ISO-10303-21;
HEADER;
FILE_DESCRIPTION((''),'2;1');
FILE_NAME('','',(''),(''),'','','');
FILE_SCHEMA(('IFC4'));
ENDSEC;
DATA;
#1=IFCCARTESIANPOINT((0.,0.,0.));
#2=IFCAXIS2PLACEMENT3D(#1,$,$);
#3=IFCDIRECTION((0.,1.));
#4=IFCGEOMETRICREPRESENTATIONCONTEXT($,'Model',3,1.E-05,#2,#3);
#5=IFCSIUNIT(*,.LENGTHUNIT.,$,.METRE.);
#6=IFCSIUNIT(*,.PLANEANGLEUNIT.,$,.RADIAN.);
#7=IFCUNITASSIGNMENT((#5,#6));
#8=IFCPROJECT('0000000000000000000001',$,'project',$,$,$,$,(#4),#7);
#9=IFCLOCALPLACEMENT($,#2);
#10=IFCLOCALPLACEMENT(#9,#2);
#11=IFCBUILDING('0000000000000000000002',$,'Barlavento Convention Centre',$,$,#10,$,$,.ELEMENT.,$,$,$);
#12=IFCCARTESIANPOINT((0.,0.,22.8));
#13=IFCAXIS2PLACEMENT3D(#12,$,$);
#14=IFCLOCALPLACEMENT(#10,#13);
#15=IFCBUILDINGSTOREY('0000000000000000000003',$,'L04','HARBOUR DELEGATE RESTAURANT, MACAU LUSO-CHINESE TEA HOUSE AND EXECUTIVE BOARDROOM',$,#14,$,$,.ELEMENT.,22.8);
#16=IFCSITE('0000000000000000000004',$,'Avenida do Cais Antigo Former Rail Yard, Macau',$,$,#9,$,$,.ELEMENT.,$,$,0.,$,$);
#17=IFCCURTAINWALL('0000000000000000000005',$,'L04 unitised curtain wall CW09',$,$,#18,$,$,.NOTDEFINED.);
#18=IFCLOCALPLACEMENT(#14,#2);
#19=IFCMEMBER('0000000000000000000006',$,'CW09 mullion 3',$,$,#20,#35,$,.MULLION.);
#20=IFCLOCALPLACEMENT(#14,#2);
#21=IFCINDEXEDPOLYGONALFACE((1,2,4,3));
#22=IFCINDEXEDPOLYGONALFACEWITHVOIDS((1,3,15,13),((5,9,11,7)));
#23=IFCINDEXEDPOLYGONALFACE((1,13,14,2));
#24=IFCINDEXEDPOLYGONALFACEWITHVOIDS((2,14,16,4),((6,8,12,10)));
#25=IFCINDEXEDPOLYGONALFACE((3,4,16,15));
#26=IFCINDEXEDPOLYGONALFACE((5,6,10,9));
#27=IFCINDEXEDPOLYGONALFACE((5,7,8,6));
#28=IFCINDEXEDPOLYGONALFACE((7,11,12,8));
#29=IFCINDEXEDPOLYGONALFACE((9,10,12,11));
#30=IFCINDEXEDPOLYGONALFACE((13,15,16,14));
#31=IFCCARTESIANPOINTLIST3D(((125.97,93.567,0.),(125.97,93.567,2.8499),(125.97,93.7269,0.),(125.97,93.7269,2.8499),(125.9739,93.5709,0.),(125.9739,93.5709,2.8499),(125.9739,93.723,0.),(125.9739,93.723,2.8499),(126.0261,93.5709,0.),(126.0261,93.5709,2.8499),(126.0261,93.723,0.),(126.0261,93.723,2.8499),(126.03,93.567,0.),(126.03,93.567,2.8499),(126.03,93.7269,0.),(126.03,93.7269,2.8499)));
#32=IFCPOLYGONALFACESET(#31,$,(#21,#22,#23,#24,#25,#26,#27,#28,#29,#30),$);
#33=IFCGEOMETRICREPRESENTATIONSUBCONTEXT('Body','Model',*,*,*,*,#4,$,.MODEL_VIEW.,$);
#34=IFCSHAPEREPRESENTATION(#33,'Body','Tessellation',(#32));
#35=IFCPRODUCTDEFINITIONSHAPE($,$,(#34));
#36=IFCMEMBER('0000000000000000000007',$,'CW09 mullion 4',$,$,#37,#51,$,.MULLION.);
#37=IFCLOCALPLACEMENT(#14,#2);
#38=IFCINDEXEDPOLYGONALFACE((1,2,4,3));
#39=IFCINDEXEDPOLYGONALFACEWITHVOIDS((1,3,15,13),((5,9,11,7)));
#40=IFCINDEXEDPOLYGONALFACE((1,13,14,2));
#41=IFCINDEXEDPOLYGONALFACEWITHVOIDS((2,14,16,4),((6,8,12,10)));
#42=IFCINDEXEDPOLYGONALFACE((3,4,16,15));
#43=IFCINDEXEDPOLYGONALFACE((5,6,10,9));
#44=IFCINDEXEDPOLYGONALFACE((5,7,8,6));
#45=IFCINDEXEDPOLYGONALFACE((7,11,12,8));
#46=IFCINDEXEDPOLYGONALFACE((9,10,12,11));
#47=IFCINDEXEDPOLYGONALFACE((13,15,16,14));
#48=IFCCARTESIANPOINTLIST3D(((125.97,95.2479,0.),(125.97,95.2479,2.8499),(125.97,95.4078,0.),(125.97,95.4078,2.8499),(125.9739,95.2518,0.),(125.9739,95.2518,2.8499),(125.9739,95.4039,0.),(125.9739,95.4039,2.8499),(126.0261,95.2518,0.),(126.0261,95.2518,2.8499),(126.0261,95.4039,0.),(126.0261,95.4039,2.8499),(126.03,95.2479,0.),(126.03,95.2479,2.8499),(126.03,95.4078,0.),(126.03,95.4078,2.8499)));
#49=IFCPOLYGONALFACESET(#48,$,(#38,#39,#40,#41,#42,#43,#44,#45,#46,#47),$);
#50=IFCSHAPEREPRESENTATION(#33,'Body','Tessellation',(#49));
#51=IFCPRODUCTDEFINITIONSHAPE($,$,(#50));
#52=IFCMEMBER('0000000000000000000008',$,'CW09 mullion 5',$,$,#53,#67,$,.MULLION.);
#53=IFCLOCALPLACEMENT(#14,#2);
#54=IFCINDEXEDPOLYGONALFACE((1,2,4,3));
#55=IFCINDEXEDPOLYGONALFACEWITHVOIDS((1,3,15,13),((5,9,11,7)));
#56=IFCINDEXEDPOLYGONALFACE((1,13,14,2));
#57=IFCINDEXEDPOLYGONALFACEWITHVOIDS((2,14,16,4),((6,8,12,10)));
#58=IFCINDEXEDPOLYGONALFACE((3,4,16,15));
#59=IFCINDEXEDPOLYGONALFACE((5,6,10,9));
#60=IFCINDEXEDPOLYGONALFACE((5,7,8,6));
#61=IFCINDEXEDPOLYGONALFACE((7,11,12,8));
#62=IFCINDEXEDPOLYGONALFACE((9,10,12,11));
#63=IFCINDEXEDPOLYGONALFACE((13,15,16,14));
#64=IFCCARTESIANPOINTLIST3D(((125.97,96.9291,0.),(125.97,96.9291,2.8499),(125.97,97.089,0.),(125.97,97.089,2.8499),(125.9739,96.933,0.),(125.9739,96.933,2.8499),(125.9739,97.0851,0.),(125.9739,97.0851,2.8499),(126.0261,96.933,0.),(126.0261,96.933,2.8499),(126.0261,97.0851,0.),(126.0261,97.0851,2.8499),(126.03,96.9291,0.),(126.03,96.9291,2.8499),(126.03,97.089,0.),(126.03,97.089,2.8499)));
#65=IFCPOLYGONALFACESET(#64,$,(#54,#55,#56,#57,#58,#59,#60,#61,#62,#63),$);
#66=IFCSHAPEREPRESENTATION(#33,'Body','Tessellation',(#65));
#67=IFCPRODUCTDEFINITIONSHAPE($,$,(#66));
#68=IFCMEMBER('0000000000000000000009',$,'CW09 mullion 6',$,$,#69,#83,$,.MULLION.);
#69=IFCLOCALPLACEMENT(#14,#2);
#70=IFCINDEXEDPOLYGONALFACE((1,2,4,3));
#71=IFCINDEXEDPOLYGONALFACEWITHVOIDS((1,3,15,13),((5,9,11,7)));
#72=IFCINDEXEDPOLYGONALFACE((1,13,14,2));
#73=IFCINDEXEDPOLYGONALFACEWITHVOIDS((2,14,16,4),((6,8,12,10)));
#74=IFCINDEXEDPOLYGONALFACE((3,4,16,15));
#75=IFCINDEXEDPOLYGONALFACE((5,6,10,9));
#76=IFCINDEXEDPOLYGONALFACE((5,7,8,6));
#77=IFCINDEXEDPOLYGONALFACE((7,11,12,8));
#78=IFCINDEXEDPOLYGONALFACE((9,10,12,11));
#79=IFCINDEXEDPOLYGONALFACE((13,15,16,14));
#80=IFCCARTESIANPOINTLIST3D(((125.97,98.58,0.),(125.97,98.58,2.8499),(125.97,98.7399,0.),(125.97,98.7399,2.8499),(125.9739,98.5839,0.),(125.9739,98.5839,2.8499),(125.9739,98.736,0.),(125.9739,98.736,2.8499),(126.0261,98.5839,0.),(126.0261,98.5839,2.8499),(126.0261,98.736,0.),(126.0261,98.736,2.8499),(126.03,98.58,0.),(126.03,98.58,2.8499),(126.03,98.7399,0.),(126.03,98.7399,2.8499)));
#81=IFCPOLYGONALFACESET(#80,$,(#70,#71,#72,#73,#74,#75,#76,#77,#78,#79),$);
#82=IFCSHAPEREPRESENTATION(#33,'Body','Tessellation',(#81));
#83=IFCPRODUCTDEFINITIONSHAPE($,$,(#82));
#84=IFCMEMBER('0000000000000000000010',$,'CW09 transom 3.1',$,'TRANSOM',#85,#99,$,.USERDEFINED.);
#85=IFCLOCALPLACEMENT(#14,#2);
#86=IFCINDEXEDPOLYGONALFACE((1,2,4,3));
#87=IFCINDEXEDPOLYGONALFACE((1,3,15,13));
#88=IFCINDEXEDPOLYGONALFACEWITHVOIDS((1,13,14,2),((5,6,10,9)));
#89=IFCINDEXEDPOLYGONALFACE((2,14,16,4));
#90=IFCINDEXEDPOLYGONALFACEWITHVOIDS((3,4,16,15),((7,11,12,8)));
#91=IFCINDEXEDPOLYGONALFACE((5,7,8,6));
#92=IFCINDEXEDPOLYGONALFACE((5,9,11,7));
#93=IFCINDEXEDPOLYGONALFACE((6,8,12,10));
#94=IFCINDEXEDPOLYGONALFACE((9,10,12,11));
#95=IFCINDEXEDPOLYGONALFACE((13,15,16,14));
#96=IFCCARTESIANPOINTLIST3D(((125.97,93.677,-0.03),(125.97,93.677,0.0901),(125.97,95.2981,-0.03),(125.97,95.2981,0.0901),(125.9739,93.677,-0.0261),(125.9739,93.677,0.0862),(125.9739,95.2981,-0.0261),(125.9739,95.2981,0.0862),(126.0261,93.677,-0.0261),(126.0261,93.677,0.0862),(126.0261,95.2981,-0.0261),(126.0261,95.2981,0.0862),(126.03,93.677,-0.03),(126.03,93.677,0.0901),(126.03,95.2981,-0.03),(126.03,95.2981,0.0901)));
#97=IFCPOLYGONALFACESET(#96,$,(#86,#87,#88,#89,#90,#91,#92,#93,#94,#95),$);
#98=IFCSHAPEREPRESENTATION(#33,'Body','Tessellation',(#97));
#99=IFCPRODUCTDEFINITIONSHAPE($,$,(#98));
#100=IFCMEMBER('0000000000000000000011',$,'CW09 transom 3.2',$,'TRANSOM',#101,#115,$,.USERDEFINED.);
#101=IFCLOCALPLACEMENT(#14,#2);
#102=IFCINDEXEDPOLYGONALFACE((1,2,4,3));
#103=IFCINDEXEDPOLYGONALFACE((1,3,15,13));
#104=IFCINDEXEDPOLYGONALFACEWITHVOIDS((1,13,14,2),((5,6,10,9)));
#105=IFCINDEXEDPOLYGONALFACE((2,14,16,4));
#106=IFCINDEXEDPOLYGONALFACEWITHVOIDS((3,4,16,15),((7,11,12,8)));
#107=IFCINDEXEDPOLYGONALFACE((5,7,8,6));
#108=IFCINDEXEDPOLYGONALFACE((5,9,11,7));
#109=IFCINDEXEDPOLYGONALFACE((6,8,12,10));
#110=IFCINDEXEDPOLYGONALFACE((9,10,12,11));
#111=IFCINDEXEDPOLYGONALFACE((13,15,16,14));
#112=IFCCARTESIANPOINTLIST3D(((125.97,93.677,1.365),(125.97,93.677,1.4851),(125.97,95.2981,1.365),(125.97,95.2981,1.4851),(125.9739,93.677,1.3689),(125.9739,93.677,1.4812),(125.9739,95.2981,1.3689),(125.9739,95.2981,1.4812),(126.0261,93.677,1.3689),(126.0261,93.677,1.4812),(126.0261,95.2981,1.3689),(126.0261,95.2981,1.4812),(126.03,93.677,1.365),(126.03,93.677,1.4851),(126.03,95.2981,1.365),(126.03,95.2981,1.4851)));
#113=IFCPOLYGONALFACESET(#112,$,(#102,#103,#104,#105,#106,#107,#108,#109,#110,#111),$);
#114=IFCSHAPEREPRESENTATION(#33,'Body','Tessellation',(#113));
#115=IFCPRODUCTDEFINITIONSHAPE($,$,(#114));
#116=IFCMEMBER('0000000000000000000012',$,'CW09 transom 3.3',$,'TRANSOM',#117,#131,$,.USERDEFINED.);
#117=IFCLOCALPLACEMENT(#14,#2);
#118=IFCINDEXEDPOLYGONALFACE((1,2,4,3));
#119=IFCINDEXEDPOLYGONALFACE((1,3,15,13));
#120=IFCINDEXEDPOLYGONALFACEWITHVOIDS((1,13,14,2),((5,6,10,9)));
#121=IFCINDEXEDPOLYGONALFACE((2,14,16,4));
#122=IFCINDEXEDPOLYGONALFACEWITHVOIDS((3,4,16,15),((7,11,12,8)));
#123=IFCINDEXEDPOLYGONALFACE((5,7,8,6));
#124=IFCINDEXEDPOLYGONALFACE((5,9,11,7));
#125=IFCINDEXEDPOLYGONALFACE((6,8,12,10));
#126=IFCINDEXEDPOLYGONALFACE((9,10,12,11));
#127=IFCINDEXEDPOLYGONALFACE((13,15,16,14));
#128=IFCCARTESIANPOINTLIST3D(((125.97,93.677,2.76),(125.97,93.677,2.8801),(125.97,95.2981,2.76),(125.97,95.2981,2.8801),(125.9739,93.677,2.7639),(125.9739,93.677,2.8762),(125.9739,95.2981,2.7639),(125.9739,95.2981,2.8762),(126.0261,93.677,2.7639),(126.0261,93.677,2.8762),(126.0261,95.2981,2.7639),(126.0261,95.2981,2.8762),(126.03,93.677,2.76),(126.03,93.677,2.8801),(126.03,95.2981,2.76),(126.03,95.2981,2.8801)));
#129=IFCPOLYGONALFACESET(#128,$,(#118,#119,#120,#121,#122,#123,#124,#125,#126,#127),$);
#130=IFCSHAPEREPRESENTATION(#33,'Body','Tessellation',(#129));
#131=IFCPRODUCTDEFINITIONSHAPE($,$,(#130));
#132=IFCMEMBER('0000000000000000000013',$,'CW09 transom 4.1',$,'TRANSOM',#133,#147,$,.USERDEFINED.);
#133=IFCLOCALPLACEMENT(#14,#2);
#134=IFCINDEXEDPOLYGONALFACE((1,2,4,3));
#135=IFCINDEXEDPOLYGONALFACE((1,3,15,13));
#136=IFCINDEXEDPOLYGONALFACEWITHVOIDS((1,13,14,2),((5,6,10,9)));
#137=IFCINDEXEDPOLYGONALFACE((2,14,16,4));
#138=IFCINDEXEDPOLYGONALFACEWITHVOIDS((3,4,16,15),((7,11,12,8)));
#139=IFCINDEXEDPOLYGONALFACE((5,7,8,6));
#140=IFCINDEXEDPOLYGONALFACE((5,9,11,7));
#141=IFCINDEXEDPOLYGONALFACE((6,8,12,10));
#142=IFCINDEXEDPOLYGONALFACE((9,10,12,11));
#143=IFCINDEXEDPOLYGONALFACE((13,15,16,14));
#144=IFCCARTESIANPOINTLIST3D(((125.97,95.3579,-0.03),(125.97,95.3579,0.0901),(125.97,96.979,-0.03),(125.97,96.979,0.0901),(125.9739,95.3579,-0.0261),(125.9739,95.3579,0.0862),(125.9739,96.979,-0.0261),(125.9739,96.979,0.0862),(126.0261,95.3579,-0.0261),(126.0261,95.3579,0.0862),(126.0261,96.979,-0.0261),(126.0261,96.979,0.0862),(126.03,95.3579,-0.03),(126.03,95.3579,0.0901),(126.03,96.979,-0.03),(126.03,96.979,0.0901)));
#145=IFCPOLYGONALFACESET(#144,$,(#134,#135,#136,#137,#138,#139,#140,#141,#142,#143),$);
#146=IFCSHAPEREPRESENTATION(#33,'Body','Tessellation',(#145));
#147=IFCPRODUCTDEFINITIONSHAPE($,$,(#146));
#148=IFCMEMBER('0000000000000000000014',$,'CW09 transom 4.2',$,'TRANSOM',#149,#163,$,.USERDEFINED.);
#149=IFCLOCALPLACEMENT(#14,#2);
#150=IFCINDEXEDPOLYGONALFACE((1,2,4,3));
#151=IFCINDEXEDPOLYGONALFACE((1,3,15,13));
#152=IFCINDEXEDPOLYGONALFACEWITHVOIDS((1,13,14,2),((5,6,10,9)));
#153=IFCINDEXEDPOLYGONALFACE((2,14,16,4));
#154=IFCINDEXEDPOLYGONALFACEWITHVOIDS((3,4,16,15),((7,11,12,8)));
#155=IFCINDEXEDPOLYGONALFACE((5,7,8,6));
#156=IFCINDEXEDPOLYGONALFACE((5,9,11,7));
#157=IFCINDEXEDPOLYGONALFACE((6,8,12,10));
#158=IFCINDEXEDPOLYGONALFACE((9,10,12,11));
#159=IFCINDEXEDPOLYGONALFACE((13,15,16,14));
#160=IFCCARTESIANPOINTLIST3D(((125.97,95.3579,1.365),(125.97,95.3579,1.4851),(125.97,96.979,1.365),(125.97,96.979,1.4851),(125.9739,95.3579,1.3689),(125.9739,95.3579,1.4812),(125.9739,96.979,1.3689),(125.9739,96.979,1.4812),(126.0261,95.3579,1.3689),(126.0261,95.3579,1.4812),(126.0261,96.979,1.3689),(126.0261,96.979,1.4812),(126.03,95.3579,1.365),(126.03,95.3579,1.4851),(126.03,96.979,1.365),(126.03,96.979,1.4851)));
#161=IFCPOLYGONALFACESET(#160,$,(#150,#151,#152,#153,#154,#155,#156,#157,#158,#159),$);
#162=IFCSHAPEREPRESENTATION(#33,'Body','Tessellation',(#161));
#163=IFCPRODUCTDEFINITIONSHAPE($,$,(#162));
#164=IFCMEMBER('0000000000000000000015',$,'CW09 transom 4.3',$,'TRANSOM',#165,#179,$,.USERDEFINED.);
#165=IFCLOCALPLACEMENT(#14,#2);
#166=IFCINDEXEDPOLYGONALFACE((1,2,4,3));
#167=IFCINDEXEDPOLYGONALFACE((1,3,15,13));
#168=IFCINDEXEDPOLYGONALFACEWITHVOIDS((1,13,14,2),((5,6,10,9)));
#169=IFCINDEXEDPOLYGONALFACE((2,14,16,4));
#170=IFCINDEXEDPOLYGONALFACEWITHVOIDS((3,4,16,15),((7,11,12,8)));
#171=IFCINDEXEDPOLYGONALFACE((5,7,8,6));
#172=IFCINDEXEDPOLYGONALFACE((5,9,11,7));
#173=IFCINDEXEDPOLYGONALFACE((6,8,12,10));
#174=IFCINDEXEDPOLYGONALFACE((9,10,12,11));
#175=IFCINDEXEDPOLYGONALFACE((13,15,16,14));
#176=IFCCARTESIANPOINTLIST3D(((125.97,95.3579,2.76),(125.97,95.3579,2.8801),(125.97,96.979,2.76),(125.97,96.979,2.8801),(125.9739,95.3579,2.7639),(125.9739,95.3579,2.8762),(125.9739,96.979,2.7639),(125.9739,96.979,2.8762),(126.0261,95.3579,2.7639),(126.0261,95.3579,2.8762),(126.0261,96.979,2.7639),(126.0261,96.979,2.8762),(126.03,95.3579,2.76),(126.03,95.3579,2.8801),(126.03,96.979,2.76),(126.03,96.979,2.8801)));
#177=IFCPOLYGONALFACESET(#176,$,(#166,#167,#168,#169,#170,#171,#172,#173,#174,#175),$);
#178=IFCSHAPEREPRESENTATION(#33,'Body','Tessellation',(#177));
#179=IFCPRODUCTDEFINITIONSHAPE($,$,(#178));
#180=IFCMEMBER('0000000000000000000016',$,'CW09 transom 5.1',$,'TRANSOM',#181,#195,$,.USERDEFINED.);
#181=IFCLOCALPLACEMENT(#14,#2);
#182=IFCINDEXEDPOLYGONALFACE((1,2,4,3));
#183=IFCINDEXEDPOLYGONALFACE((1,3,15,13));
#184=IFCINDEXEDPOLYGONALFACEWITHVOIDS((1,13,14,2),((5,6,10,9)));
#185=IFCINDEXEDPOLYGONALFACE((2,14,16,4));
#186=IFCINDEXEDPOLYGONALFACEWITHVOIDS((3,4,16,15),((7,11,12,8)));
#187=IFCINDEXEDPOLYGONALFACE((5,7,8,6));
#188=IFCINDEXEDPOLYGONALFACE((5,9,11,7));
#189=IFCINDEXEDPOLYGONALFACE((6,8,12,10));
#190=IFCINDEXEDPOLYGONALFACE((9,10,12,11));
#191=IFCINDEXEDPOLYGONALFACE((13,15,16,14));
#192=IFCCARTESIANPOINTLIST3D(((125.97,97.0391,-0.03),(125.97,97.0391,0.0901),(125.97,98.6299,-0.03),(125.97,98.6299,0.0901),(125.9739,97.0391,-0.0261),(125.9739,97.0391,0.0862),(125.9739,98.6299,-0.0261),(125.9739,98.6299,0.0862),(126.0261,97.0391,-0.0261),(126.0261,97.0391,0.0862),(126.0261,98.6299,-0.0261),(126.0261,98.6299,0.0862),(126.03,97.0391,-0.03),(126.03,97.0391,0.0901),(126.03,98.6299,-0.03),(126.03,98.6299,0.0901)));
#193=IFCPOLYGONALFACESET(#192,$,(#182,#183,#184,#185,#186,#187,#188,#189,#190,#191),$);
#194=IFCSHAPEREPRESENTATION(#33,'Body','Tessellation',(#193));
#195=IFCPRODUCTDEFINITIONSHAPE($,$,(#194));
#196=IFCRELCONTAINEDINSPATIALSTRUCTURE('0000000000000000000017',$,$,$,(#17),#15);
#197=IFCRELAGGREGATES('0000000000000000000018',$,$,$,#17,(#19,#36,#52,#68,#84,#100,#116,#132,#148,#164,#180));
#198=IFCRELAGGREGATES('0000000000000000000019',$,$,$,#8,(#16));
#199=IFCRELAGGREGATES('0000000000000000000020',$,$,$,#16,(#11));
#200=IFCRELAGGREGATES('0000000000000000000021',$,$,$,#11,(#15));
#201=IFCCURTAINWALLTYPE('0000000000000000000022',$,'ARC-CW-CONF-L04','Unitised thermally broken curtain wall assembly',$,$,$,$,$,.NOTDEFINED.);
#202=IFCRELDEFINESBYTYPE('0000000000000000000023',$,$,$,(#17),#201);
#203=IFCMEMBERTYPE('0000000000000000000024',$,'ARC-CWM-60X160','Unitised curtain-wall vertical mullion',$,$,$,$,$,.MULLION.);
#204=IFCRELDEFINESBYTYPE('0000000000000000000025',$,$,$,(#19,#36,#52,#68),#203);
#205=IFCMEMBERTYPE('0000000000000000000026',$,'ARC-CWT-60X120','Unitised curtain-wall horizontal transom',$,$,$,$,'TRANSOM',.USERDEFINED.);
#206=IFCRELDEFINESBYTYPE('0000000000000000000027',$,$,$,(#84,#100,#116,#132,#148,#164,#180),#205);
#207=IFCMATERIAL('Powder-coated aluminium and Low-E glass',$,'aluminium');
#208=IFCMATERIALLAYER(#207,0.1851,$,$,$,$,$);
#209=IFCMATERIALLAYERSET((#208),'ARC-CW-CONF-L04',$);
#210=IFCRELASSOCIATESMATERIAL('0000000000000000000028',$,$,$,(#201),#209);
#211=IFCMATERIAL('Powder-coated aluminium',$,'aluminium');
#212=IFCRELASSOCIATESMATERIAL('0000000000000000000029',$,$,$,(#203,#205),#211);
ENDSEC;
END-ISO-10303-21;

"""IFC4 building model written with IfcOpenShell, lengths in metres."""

from ifc_helpers import new_model, si_unit, direction, frame, origin, origin_2d, place, context, subcontext, project, spatial, hollow_rectangle, extrude, material, layer, layer_set, material_profile, profile_set, type_object, element, aggregate, save


model = new_model("IFC4")

# Units and contexts
model_context = context("Model", 3, precision=1e-05, world=origin(), true_north=direction((0.0, 1.0)))
body_context = subcontext(model_context, "Body", "Model", "MODEL_VIEW")
ifc_project = project(units=[si_unit("LENGTHUNIT", "METRE"), si_unit("PLANEANGLEUNIT", "RADIAN")], contexts=[model_context])

# Site, building, storey
site_placement = place(None, origin())
site = spatial("IfcSite", under=ifc_project, at=site_placement, Name="Avenida do Cais Antigo Former Rail Yard, Macau", CompositionType="ELEMENT", RefElevation=0.0)
building_placement = place(site_placement, origin())
building = spatial("IfcBuilding", under=site, at=building_placement, Name="Barlavento Convention Centre", CompositionType="ELEMENT")
storey_placement = place(building_placement, frame((0.0, 0.0, 22.8)))
storey = spatial("IfcBuildingStorey", under=building, at=storey_placement, Name="L04", Description="HARBOUR DELEGATE RESTAURANT, MACAU LUSO-CHINESE TEA HOUSE AND EXECUTIVE BOARDROOM", CompositionType="ELEMENT", Elevation=22.8)

# Curtain wall, members
ifc_material_1 = material(Name="Powder-coated aluminium and Low-E glass", Category="aluminium")
ifc_layer_1 = layer(ifc_material_1, 0.1851)
ifc_layer_set_1 = layer_set([ifc_layer_1], Name="ARC-CW-CONF-L04")
curtain_wall_type = type_object("IfcCurtainWallType", Name="ARC-CW-CONF-L04", Description="Unitised thermally broken curtain wall assembly", PredefinedType="NOTDEFINED", material=ifc_layer_set_1)
curtain_wall_placement = place(storey_placement, origin())
curtain_wall = element("IfcCurtainWall", 1, at=curtain_wall_placement, inside=storey, type_object=curtain_wall_type, Name="L04 unitised curtain wall CW09", PredefinedType="NOTDEFINED")
ifc_material_2 = material(Name="Powder-coated aluminium", Category="aluminium")
ifc_material_profile_1 = material_profile(ifc_material_2, hollow_rectangle(XDim=0.0601, YDim=0.1599, WallThickness=0.0039, at=origin_2d()), Name="AL-MULL 60x160x4")
ifc_profile_set_1 = profile_set([ifc_material_profile_1], Name="Powder-coated aluminium")
member_type_1 = type_object("IfcMemberType", Name="ARC-CWM-60X160", Description="Unitised curtain-wall vertical mullion", PredefinedType="MULLION", material=ifc_profile_set_1)
member_1_placement = place(storey_placement, frame((126.0, 93.647, 0.0), z_axis=(0.0, 0.0, 1.0), x_axis=(-1.0, 0.0, 0.0)))
member_1 = element("IfcMember", 2, at=member_1_placement, type_object=member_type_1, Name="CW09 mullion 3", PredefinedType="MULLION", context=body_context, shape_type="SweptSolid", body=[
    extrude(hollow_rectangle(XDim=0.0601, YDim=0.1599, WallThickness=0.0039, at=origin_2d()), origin(), (0.0, 0.0, 1.0), 2.8499),
])
member_2_placement = place(storey_placement, frame((126.0, 95.3279, 0.0), z_axis=(0.0, 0.0, 1.0), x_axis=(-1.0, 0.0, 0.0)))
member_2 = element("IfcMember", 3, at=member_2_placement, type_object=member_type_1, Name="CW09 mullion 4", PredefinedType="MULLION", context=body_context, shape_type="SweptSolid", body=[
    extrude(hollow_rectangle(XDim=0.0601, YDim=0.1599, WallThickness=0.0039, at=origin_2d()), origin(), (0.0, 0.0, 1.0), 2.8499),
])
member_3_placement = place(storey_placement, frame((126.0, 97.009, 0.0), z_axis=(0.0, 0.0, 1.0), x_axis=(-1.0, 0.0, 0.0)))
member_3 = element("IfcMember", 4, at=member_3_placement, type_object=member_type_1, Name="CW09 mullion 5", PredefinedType="MULLION", context=body_context, shape_type="SweptSolid", body=[
    extrude(hollow_rectangle(XDim=0.0601, YDim=0.1599, WallThickness=0.0039, at=origin_2d()), origin(), (0.0, 0.0, 1.0), 2.8499),
])
member_4_placement = place(storey_placement, frame((126.0, 98.6599, 0.0), z_axis=(0.0, 0.0, 1.0), x_axis=(-1.0, 0.0, 0.0)))
member_4 = element("IfcMember", 5, at=member_4_placement, type_object=member_type_1, Name="CW09 mullion 6", PredefinedType="MULLION", context=body_context, shape_type="SweptSolid", body=[
    extrude(hollow_rectangle(XDim=0.0601, YDim=0.1599, WallThickness=0.0039, at=origin_2d()), origin(), (0.0, 0.0, 1.0), 2.8499),
])
ifc_material_profile_2 = material_profile(ifc_material_2, hollow_rectangle(XDim=0.0601, YDim=0.1201, WallThickness=0.0039, at=origin_2d()), Name="AL-TRAN 60x120x4")
ifc_profile_set_2 = profile_set([ifc_material_profile_2], Name="Powder-coated aluminium")
member_type_2 = type_object("IfcMemberType", Name="ARC-CWT-60X120", Description="Unitised curtain-wall horizontal transom", ElementType="TRANSOM", PredefinedType="USERDEFINED", material=ifc_profile_set_2)
member_5_placement = place(storey_placement, frame((126.0, 93.677, 0.03), z_axis=(0.0, 1.0, 0.0), x_axis=(-1.0, 0.0, 0.0)))
member_5 = element("IfcMember", 6, at=member_5_placement, type_object=member_type_2, Name="CW09 transom 3.1", ObjectType="TRANSOM", PredefinedType="USERDEFINED", context=body_context, shape_type="SweptSolid", body=[
    extrude(hollow_rectangle(XDim=0.0601, YDim=0.1201, WallThickness=0.0039, at=origin_2d()), origin(), (0.0, 0.0, 1.0), 1.6211),
])
member_6_placement = place(storey_placement, frame((126.0, 93.677, 1.425), z_axis=(0.0, 1.0, 0.0), x_axis=(-1.0, 0.0, 0.0)))
member_6 = element("IfcMember", 7, at=member_6_placement, type_object=member_type_2, Name="CW09 transom 3.2", ObjectType="TRANSOM", PredefinedType="USERDEFINED", context=body_context, shape_type="SweptSolid", body=[
    extrude(hollow_rectangle(XDim=0.0601, YDim=0.1201, WallThickness=0.0039, at=origin_2d()), origin(), (0.0, 0.0, 1.0), 1.6211),
])
member_7_placement = place(storey_placement, frame((126.0, 93.677, 2.8201), z_axis=(0.0, 1.0, 0.0), x_axis=(-1.0, 0.0, 0.0)))
member_7 = element("IfcMember", 8, at=member_7_placement, type_object=member_type_2, Name="CW09 transom 3.3", ObjectType="TRANSOM", PredefinedType="USERDEFINED", context=body_context, shape_type="SweptSolid", body=[
    extrude(hollow_rectangle(XDim=0.0601, YDim=0.1201, WallThickness=0.0039, at=origin_2d()), origin(), (0.0, 0.0, 1.0), 1.6211),
])
member_8_placement = place(storey_placement, frame((126.0, 95.3579, 0.03), z_axis=(0.0, 1.0, 0.0), x_axis=(-1.0, 0.0, 0.0)))
member_8 = element("IfcMember", 9, at=member_8_placement, type_object=member_type_2, Name="CW09 transom 4.1", ObjectType="TRANSOM", PredefinedType="USERDEFINED", context=body_context, shape_type="SweptSolid", body=[
    extrude(hollow_rectangle(XDim=0.0601, YDim=0.1201, WallThickness=0.0039, at=origin_2d()), origin(), (0.0, 0.0, 1.0), 1.6211),
])
member_9_placement = place(storey_placement, frame((126.0, 95.3579, 1.425), z_axis=(0.0, 1.0, 0.0), x_axis=(-1.0, 0.0, 0.0)))
member_9 = element("IfcMember", 10, at=member_9_placement, type_object=member_type_2, Name="CW09 transom 4.2", ObjectType="TRANSOM", PredefinedType="USERDEFINED", context=body_context, shape_type="SweptSolid", body=[
    extrude(hollow_rectangle(XDim=0.0601, YDim=0.1201, WallThickness=0.0039, at=origin_2d()), origin(), (0.0, 0.0, 1.0), 1.6211),
])
member_10_placement = place(storey_placement, frame((126.0, 95.3579, 2.8201), z_axis=(0.0, 1.0, 0.0), x_axis=(-1.0, 0.0, 0.0)))
member_10 = element("IfcMember", 11, at=member_10_placement, type_object=member_type_2, Name="CW09 transom 4.3", ObjectType="TRANSOM", PredefinedType="USERDEFINED", context=body_context, shape_type="SweptSolid", body=[
    extrude(hollow_rectangle(XDim=0.0601, YDim=0.1201, WallThickness=0.0039, at=origin_2d()), origin(), (0.0, 0.0, 1.0), 1.6211),
])
member_11_placement = place(storey_placement, frame((126.0, 97.0391, 0.03), z_axis=(0.0, 1.0, 0.0), x_axis=(-1.0, 0.0, 0.0)))
member_11 = element("IfcMember", 12, at=member_11_placement, type_object=member_type_2, Name="CW09 transom 5.1", ObjectType="TRANSOM", PredefinedType="USERDEFINED", context=body_context, shape_type="SweptSolid", body=[
    extrude(hollow_rectangle(XDim=0.0601, YDim=0.1201, WallThickness=0.0039, at=origin_2d()), origin(), (0.0, 0.0, 1.0), 1.5908),
])
aggregate(curtain_wall, [member_1, member_2, member_3, member_4, member_5, member_6, member_7, member_8, member_9, member_10, member_11])

save(model, "model.ifc")
